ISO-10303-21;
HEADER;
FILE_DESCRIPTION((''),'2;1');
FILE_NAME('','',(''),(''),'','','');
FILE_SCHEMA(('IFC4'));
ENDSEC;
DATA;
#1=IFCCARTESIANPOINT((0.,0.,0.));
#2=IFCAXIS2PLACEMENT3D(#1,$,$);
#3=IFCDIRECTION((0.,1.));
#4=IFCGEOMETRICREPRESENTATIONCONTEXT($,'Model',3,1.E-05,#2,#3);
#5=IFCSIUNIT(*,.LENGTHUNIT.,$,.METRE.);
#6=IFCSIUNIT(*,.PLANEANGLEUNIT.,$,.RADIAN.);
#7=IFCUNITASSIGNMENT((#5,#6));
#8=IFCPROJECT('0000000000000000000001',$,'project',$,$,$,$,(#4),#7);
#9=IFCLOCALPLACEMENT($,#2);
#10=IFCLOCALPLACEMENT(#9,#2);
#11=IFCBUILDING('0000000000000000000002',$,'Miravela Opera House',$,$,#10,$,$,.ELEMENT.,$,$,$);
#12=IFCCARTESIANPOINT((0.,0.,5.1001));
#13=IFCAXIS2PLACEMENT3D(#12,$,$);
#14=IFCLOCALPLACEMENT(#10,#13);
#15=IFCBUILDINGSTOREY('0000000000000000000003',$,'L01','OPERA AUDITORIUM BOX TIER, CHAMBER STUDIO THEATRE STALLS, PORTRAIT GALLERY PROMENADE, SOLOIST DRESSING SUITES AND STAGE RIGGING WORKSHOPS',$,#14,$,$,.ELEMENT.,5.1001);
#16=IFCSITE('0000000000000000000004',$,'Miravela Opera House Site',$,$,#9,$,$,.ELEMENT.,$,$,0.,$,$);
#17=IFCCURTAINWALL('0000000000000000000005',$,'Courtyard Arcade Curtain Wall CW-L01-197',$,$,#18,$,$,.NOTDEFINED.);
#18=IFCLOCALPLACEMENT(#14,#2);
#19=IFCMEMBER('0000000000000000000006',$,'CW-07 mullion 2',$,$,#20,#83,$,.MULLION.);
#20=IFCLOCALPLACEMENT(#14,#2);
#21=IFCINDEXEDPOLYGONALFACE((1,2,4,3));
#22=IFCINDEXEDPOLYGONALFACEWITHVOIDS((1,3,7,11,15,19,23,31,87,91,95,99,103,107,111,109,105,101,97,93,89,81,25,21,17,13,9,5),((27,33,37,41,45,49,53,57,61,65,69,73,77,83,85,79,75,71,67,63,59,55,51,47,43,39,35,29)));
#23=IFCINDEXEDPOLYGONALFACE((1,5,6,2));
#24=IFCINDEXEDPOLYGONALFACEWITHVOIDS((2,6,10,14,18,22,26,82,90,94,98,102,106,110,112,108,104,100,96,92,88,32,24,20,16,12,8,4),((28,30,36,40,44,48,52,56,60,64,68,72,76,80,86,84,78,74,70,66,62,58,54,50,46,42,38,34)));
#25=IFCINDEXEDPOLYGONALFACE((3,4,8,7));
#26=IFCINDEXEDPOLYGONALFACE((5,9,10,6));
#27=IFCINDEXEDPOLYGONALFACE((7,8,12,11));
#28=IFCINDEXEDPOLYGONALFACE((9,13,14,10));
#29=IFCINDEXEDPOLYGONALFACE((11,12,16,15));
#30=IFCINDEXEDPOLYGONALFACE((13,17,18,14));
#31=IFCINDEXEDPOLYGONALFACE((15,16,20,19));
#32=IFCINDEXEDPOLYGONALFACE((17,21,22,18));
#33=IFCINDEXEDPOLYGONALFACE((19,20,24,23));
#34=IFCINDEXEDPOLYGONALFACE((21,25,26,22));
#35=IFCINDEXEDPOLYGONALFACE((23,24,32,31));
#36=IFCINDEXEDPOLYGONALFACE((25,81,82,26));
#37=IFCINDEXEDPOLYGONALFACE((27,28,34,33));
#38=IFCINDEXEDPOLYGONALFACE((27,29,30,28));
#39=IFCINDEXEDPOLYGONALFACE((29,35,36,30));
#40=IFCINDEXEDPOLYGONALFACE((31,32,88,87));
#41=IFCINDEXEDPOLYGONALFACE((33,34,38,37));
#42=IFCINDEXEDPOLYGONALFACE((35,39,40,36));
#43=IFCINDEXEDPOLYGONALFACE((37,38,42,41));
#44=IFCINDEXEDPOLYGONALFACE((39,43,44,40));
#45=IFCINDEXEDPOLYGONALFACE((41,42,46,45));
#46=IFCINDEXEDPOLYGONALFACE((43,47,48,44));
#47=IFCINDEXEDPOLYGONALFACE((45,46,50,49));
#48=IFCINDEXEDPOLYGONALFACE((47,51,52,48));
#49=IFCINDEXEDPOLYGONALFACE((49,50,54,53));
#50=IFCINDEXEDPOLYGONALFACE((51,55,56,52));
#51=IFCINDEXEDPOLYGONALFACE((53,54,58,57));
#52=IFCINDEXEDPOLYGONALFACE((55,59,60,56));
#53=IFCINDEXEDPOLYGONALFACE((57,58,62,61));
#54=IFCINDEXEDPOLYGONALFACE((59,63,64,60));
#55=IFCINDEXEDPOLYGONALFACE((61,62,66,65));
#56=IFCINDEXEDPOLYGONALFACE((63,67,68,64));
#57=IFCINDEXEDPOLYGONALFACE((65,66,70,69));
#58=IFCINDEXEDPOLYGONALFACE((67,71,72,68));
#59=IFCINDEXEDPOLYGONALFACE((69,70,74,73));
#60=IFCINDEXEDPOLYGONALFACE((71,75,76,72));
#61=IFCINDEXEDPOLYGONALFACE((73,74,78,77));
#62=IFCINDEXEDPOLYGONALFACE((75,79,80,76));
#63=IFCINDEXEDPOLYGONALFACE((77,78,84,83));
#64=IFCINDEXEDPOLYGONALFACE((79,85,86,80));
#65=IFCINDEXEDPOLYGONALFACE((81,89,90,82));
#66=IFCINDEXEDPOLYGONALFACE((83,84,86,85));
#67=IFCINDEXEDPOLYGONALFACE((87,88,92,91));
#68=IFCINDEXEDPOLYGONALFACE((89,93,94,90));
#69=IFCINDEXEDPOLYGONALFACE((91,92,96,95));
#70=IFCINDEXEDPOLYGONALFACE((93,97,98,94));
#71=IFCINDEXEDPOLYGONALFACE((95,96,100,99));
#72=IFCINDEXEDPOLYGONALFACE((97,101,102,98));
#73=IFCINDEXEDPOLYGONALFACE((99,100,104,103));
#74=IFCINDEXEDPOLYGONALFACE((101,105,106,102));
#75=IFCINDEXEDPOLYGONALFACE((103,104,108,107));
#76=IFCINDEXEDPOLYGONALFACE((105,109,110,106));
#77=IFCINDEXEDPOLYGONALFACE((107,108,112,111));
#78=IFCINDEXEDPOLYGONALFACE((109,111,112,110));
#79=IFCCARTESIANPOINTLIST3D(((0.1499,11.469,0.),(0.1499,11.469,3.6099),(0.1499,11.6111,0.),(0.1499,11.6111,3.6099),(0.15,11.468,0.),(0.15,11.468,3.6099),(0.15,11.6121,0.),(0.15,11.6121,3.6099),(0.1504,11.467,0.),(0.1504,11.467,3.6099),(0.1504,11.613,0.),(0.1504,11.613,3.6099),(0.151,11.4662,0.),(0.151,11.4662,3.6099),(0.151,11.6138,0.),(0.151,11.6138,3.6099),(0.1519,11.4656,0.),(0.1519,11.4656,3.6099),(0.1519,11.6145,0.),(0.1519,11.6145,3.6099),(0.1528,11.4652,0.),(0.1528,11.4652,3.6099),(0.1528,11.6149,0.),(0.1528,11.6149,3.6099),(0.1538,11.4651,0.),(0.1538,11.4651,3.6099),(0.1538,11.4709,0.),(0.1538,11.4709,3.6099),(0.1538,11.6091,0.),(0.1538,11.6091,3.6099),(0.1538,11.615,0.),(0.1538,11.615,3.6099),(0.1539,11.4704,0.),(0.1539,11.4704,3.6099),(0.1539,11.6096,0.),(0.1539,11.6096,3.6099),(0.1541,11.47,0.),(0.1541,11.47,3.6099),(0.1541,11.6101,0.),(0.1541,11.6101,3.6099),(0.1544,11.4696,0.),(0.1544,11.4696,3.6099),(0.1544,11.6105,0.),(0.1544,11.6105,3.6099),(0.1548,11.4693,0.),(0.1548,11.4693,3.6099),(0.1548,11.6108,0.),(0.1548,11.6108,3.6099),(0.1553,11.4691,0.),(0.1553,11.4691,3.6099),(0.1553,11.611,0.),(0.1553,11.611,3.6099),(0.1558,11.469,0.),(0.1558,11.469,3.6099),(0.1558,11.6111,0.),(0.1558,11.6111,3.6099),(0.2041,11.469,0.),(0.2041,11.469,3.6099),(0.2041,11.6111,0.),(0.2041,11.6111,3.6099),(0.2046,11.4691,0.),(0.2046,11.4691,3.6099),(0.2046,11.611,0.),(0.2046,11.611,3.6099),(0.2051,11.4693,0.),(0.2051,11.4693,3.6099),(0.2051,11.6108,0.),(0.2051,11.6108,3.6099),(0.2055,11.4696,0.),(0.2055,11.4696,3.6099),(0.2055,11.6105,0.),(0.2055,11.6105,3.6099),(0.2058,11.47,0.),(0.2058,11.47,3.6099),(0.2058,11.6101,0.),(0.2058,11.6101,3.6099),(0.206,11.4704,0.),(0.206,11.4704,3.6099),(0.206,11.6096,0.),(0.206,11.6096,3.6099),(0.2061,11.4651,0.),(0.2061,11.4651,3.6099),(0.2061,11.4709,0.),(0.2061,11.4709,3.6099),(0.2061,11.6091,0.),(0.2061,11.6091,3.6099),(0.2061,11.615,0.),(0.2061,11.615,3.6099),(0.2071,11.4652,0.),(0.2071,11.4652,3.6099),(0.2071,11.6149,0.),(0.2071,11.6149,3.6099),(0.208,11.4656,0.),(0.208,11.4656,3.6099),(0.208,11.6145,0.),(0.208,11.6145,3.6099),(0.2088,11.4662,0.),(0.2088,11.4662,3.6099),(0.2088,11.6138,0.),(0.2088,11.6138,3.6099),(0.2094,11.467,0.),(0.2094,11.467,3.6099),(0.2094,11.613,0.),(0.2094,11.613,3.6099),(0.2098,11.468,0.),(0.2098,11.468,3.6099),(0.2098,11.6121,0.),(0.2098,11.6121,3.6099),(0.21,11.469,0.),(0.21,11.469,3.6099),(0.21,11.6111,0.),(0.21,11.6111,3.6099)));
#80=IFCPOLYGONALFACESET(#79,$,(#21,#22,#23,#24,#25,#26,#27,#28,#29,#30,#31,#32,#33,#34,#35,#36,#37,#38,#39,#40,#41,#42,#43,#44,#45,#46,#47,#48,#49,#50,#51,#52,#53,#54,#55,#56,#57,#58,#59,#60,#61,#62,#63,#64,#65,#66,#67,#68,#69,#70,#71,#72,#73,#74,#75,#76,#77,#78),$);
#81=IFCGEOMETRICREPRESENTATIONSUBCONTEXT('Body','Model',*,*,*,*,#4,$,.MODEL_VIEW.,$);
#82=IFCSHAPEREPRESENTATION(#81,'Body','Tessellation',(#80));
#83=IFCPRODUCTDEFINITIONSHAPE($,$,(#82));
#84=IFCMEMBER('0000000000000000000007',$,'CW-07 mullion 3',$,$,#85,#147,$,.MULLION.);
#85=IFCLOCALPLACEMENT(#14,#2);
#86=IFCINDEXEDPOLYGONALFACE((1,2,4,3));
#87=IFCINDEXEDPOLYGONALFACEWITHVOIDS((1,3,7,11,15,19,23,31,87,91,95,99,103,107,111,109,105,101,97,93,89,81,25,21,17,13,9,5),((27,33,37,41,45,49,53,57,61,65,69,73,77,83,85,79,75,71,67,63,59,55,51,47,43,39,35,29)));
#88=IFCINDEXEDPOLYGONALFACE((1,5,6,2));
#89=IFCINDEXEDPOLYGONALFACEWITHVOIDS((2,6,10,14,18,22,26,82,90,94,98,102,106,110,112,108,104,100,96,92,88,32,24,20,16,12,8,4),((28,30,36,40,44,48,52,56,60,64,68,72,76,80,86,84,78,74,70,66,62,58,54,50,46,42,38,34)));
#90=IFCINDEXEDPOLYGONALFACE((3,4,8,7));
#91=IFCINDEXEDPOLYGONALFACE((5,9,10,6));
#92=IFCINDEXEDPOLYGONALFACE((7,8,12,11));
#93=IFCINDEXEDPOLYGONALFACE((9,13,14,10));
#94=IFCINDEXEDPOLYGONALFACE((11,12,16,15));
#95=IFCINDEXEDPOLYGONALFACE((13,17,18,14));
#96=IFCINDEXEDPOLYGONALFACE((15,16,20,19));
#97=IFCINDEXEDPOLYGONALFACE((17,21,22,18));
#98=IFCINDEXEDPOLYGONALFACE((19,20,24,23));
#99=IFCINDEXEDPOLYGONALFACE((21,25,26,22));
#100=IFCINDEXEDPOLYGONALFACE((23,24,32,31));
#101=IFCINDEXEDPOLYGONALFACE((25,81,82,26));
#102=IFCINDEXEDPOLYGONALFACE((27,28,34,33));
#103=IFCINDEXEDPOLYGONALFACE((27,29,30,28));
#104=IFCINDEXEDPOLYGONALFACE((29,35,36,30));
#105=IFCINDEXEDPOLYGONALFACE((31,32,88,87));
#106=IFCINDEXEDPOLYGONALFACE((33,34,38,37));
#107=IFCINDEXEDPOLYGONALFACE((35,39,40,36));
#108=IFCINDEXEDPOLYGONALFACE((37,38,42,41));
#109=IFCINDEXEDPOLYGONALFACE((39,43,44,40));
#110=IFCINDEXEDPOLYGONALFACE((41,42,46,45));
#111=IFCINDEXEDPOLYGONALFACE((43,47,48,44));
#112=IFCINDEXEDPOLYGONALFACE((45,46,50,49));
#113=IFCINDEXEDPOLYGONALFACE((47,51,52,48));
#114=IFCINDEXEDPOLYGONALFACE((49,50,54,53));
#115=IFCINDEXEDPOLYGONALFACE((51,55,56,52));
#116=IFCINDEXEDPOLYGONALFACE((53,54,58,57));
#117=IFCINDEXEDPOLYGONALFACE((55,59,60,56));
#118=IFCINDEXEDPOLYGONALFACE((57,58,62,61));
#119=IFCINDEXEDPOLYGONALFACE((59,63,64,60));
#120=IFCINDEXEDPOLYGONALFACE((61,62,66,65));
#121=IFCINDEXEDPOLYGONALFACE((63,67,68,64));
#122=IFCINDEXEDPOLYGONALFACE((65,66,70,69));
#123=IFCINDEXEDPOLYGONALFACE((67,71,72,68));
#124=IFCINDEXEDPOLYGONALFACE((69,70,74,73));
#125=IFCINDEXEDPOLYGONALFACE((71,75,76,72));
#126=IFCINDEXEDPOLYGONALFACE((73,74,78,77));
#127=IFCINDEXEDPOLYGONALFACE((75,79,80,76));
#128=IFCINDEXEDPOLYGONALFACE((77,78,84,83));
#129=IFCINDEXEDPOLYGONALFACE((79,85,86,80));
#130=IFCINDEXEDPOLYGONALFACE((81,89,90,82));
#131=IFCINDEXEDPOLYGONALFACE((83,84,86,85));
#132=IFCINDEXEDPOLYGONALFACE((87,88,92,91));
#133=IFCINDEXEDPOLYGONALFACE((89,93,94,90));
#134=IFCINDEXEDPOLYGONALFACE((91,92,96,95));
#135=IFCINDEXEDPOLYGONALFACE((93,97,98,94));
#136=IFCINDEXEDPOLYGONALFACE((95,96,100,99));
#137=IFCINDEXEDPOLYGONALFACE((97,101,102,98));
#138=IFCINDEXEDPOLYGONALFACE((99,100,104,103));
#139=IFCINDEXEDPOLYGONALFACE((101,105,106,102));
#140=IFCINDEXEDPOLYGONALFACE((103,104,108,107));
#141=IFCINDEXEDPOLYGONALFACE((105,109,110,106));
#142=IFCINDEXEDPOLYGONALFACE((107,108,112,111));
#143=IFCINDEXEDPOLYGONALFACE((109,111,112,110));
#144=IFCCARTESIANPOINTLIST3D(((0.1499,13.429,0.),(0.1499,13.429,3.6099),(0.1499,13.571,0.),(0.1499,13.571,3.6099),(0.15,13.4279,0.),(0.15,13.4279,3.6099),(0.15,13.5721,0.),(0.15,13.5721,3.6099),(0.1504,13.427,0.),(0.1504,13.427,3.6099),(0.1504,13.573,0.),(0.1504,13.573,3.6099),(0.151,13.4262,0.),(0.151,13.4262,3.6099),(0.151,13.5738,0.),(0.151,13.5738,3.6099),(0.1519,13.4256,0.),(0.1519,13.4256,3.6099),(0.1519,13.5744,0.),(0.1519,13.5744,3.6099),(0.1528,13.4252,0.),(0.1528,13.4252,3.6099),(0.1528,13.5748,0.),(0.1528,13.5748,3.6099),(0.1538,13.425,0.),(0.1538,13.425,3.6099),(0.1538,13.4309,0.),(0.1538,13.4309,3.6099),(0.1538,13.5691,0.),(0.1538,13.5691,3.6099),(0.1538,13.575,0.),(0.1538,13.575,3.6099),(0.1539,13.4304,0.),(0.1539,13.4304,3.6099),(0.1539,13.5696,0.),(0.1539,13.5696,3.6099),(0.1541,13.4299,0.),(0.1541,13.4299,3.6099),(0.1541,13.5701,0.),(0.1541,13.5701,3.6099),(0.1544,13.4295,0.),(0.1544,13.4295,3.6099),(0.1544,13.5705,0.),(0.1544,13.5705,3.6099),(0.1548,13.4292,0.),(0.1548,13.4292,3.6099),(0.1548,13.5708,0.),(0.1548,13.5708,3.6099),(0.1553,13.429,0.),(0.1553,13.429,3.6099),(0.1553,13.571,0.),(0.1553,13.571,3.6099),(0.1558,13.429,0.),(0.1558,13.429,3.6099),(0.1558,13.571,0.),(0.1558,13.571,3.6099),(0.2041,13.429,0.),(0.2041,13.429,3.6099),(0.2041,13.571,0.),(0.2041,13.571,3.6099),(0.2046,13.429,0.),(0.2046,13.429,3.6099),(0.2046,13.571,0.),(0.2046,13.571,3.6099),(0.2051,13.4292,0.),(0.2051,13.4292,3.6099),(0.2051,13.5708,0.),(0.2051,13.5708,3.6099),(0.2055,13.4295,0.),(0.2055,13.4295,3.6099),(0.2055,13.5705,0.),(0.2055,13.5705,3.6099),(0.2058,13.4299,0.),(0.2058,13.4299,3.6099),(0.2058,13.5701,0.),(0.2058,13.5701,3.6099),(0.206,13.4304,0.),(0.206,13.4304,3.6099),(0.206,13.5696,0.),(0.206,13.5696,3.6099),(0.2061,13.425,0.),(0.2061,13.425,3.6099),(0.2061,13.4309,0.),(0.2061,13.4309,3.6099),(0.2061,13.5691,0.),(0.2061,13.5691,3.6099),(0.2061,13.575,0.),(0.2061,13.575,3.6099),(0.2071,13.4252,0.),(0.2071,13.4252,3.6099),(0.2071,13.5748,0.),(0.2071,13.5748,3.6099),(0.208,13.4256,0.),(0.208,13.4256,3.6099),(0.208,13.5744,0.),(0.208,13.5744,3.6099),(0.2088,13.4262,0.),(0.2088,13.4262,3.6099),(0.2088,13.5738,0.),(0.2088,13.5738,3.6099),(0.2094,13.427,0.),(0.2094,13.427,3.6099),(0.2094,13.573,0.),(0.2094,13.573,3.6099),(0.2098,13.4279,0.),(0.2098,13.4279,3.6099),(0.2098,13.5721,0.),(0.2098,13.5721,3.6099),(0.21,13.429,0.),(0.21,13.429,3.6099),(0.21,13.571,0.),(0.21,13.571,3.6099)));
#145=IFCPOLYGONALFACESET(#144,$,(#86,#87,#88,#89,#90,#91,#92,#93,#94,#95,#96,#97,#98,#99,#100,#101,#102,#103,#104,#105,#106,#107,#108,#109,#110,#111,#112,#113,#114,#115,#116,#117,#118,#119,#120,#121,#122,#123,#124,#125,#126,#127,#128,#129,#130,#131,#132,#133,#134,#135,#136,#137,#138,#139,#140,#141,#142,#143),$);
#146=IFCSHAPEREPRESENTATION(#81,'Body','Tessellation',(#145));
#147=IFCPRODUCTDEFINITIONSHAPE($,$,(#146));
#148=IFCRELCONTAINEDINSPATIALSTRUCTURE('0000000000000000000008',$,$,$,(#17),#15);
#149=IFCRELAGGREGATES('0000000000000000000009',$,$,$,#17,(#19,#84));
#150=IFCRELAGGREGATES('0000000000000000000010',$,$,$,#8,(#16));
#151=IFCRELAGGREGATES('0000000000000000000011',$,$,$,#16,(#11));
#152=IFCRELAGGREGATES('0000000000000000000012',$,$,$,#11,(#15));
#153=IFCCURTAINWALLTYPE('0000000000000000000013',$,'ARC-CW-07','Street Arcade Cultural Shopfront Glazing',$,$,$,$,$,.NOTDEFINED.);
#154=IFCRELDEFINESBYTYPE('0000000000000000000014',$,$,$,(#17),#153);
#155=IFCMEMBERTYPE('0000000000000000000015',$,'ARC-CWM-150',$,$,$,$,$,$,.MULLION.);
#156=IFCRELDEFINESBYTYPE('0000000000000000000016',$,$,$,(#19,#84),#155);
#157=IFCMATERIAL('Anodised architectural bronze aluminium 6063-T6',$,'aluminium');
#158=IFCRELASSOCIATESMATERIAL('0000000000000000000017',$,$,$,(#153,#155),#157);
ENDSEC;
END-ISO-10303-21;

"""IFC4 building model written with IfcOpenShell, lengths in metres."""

from ifc_helpers import new_model, si_unit, direction, frame, origin, origin_2d, place, context, subcontext, project, spatial, hollow_rectangle, extrude, material, material_profile, profile_set, type_object, element, aggregate, save


model = new_model("IFC4")

# Units and contexts
model_context = context("Model", 3, precision=1e-05, world=origin(), true_north=direction((0.0, 1.0)))
body_context = subcontext(model_context, "Body", "Model", "MODEL_VIEW")
ifc_project = project(units=[si_unit("LENGTHUNIT", "METRE"), si_unit("PLANEANGLEUNIT", "RADIAN")], contexts=[model_context])

# Site, building, storey
site_placement = place(None, origin())
site = spatial("IfcSite", under=ifc_project, at=site_placement, Name="Miravela Opera House Site", CompositionType="ELEMENT", RefElevation=0.0)
building_placement = place(site_placement, origin())
building = spatial("IfcBuilding", under=site, at=building_placement, Name="Miravela Opera House", CompositionType="ELEMENT")
storey_placement = place(building_placement, frame((0.0, 0.0, 5.1001)))
storey = spatial("IfcBuildingStorey", under=building, at=storey_placement, Name="L01", Description="OPERA AUDITORIUM BOX TIER, CHAMBER STUDIO THEATRE STALLS, PORTRAIT GALLERY PROMENADE, SOLOIST DRESSING SUITES AND STAGE RIGGING WORKSHOPS", CompositionType="ELEMENT", Elevation=5.1001)

# Curtain wall, members
ifc_material_1 = material(Name="Anodised architectural bronze aluminium 6063-T6", Category="aluminium")
curtain_wall_type = type_object("IfcCurtainWallType", Name="ARC-CW-07", Description="Street Arcade Cultural Shopfront Glazing", PredefinedType="NOTDEFINED", material=ifc_material_1)
curtain_wall_placement = place(storey_placement, origin())
curtain_wall = element("IfcCurtainWall", 1, at=curtain_wall_placement, inside=storey, type_object=curtain_wall_type, Name="Courtyard Arcade Curtain Wall CW-L01-197", PredefinedType="NOTDEFINED")
ifc_material_profile_1 = material_profile(ifc_material_1, hollow_rectangle(XDim=0.0601, YDim=0.1499, WallThickness=0.0039, InnerFilletRadius=0.002, OuterFilletRadius=0.0039, at=origin_2d()), Name="CWM-60X150")
ifc_profile_set_1 = profile_set([ifc_material_profile_1])
member_type_1 = type_object("IfcMemberType", Name="ARC-CWM-150", PredefinedType="MULLION", material=ifc_profile_set_1)
member_1_placement = place(storey_placement, frame((0.1799, 11.54, 0.0), z_axis=(0.0, 0.0, 1.0), x_axis=(-1.0, 0.0, 0.0)))
member_1 = element("IfcMember", 2, at=member_1_placement, type_object=member_type_1, Name="CW-07 mullion 2", PredefinedType="MULLION", context=body_context, shape_type="SweptSolid", body=[
    extrude(hollow_rectangle(XDim=0.0601, YDim=0.1499, WallThickness=0.0039, InnerFilletRadius=0.002, OuterFilletRadius=0.0039, at=origin_2d()), origin(), (0.0, 0.0, 1.0), 3.6099),
])
member_2_placement = place(storey_placement, frame((0.1799, 13.5, 0.0), z_axis=(0.0, 0.0, 1.0), x_axis=(-1.0, 0.0, 0.0)))
member_2 = element("IfcMember", 3, at=member_2_placement, type_object=member_type_1, Name="CW-07 mullion 3", PredefinedType="MULLION", context=body_context, shape_type="SweptSolid", body=[
    extrude(hollow_rectangle(XDim=0.0601, YDim=0.1499, WallThickness=0.0039, InnerFilletRadius=0.002, OuterFilletRadius=0.0039, at=origin_2d()), origin(), (0.0, 0.0, 1.0), 3.6099),
])
aggregate(curtain_wall, [member_1, member_2])

save(model, "model.ifc")
